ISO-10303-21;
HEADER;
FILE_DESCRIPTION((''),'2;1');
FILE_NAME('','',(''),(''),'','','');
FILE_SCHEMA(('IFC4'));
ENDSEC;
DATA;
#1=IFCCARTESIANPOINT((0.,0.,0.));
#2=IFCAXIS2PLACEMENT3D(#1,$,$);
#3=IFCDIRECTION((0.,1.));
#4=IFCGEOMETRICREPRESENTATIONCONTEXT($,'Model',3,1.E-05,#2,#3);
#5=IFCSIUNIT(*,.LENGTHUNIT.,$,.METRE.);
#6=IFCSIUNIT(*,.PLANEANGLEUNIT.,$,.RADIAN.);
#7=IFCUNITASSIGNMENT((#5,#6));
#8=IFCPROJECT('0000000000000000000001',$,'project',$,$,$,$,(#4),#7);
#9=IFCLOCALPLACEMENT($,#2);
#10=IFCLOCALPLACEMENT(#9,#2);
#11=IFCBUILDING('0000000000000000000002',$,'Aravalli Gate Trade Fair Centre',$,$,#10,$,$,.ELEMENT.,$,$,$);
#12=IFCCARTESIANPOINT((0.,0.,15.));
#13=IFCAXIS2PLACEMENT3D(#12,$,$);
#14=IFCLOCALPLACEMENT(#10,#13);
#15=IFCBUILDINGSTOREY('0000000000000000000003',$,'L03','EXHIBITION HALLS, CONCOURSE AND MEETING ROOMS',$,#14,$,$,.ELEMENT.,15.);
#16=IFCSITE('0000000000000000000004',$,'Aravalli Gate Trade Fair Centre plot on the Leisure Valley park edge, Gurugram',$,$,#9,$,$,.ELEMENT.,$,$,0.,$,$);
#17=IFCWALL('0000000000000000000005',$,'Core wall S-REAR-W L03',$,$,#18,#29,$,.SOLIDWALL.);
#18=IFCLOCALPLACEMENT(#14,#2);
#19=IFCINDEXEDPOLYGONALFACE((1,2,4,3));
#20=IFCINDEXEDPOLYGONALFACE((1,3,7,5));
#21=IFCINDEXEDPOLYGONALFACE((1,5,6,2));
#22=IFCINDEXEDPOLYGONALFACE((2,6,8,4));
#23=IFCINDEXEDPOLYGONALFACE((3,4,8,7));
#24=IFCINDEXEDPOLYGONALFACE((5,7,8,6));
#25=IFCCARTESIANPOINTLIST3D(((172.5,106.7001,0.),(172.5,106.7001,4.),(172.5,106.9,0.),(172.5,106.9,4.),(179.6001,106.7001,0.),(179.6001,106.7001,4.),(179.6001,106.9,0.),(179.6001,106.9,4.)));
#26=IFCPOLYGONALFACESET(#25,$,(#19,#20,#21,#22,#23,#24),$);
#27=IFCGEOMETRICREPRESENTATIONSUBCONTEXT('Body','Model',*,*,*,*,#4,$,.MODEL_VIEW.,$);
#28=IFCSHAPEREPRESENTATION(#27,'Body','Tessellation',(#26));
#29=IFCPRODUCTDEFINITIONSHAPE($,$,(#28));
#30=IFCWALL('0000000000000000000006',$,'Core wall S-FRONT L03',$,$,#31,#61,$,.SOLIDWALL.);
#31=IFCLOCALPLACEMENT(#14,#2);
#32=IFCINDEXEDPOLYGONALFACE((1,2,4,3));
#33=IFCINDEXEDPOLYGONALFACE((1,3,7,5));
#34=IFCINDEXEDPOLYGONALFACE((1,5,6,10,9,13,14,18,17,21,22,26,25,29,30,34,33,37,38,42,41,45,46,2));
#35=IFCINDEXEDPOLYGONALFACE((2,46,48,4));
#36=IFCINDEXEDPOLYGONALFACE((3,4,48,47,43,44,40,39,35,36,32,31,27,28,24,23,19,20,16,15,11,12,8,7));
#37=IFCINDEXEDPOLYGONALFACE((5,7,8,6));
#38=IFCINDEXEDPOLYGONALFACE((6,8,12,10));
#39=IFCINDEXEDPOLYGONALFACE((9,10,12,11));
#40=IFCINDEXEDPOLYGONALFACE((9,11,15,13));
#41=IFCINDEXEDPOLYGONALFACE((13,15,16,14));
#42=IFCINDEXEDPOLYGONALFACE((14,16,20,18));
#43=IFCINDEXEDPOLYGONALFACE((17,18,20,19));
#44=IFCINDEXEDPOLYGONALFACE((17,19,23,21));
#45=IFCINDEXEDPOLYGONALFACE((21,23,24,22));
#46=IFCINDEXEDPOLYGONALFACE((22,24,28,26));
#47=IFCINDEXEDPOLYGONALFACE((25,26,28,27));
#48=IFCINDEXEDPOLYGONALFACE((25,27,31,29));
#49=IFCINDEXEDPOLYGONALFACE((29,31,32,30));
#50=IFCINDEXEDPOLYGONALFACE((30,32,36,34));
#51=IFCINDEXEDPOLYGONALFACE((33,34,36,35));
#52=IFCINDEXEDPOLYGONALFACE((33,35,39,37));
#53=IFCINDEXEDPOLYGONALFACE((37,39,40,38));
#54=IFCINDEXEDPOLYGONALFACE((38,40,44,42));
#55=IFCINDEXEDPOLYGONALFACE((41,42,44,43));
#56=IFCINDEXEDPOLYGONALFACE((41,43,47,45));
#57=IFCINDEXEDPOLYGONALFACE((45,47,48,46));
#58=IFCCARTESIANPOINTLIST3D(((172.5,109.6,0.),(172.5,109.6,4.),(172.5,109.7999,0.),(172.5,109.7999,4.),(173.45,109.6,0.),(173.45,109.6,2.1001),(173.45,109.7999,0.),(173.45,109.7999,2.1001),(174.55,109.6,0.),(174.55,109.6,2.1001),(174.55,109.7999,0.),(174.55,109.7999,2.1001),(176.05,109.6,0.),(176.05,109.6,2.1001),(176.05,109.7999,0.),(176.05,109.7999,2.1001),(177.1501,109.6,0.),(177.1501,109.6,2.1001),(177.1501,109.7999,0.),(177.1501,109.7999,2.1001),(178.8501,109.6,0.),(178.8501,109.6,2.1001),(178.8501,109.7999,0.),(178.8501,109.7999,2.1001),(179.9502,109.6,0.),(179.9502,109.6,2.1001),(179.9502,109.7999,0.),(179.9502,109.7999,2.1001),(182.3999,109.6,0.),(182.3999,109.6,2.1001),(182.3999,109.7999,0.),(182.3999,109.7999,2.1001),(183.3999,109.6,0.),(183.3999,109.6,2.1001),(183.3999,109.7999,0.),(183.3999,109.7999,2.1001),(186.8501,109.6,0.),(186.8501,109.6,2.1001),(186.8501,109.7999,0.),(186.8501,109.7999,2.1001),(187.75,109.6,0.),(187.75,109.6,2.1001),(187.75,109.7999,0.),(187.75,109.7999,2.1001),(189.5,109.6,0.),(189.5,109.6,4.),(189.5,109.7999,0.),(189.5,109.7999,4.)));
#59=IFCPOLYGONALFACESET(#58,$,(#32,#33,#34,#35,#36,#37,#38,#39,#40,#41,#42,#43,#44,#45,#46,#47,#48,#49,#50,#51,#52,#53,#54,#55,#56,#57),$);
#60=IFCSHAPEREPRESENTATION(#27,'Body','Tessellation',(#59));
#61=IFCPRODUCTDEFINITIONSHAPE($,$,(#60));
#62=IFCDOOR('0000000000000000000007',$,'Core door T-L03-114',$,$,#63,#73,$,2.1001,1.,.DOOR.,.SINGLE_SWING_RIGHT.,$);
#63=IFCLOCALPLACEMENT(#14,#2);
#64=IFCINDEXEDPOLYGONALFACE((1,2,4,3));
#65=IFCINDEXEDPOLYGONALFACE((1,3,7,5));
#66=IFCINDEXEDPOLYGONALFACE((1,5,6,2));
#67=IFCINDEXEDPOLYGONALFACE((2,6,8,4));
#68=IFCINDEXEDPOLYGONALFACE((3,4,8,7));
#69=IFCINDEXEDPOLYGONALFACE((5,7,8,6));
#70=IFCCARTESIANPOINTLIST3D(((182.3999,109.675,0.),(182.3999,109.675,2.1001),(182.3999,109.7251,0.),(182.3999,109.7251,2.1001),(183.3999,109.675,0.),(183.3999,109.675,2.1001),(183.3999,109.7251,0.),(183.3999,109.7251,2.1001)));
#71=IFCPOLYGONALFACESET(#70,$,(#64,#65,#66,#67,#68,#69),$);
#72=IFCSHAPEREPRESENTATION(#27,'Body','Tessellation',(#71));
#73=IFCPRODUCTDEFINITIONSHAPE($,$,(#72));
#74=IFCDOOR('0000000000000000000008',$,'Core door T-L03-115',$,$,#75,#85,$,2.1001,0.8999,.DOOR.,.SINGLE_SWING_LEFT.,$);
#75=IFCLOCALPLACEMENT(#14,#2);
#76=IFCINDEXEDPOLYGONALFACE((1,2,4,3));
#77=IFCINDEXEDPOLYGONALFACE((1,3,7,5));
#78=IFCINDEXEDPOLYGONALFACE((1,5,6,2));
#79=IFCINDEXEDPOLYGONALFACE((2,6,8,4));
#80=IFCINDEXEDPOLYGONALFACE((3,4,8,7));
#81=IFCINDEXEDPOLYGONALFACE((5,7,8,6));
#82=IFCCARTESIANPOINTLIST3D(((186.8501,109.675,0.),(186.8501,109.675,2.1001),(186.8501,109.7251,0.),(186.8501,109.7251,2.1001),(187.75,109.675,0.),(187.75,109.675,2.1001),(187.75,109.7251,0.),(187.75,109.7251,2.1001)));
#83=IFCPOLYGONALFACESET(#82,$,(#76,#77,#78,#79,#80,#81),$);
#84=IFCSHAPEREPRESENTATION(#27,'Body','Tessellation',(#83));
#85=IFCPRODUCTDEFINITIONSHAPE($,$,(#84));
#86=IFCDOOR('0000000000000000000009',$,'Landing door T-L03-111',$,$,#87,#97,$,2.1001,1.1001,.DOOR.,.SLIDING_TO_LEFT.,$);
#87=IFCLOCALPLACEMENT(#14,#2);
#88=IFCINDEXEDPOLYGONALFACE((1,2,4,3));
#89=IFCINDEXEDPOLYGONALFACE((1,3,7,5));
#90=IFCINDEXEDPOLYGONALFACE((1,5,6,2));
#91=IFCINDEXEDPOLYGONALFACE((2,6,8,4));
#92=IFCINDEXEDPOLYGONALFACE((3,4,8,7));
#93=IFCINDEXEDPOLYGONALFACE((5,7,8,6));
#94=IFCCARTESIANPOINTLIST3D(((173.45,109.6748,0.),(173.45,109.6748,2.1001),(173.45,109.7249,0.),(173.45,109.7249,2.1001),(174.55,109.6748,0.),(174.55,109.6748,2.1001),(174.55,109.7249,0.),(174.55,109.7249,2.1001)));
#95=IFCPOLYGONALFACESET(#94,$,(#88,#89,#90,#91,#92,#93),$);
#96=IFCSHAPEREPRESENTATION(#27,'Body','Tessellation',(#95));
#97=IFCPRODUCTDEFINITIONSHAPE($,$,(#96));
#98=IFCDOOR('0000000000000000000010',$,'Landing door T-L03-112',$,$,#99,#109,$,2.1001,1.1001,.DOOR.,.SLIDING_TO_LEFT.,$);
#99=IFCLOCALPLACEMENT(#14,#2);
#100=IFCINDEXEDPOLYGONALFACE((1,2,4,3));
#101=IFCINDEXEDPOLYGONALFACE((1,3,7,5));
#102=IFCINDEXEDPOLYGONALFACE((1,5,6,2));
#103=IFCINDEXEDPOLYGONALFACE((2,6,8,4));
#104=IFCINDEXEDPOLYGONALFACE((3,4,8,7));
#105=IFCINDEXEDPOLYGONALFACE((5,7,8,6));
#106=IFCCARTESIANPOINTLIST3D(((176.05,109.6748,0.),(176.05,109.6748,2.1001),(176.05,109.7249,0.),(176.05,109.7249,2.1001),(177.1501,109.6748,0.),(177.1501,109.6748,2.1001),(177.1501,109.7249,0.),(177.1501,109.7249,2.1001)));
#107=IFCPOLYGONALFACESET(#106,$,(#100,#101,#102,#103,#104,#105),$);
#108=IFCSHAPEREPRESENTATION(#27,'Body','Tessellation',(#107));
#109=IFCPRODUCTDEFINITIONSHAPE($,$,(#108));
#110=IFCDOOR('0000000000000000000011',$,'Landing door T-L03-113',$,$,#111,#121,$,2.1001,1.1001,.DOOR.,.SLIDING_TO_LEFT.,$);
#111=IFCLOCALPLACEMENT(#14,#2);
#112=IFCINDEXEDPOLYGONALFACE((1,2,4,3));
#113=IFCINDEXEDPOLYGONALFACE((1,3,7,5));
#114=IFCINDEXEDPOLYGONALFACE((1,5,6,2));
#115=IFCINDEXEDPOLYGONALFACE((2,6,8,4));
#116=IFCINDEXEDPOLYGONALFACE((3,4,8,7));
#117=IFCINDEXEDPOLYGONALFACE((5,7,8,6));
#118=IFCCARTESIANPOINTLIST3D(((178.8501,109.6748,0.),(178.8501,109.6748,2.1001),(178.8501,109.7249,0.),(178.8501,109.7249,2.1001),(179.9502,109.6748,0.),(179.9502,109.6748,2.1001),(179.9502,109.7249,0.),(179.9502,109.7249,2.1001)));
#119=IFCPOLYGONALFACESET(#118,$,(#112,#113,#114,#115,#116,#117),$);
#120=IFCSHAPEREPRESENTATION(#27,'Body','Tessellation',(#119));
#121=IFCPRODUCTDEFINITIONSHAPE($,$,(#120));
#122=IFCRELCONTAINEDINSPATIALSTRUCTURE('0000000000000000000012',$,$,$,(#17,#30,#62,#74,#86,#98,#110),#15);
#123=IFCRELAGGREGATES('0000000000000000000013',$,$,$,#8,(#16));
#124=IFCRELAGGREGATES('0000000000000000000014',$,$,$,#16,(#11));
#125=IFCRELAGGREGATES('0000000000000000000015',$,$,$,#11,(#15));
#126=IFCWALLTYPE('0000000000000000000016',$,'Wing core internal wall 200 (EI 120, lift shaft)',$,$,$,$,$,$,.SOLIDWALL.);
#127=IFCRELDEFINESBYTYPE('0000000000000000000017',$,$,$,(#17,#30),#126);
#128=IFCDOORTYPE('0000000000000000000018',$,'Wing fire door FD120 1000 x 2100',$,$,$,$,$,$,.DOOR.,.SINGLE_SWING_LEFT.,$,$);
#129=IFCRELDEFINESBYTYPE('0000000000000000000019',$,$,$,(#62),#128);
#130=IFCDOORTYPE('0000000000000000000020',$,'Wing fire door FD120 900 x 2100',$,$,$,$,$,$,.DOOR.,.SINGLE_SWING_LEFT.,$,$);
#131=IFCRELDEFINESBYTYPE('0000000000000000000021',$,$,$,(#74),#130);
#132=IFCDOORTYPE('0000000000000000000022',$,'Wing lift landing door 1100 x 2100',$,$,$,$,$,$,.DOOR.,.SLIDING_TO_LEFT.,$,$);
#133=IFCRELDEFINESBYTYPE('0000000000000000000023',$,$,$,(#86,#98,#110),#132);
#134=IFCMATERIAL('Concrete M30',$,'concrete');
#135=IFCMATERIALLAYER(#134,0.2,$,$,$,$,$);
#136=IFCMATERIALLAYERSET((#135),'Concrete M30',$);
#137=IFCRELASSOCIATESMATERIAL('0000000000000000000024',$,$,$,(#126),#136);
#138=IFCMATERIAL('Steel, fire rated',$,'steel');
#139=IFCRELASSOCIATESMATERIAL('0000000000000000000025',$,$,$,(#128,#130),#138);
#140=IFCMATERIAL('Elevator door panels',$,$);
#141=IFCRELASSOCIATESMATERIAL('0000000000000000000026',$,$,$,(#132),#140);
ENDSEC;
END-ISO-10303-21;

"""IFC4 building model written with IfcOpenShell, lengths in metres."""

from ifc_helpers import new_model, si_unit, direction, frame, frame_2d, origin, place, context, subcontext, project, spatial, rectangle, extrude, material, layer, layer_set, type_object, element, fill, save


model = new_model("IFC4")

# Units and contexts
model_context = context("Model", 3, precision=1e-05, world=origin(), true_north=direction((0.0, 1.0)))
body_context = subcontext(model_context, "Body", "Model", "MODEL_VIEW")
ifc_project = project(units=[si_unit("LENGTHUNIT", "METRE"), si_unit("PLANEANGLEUNIT", "RADIAN")], contexts=[model_context])

# Site, building, storey
site_placement = place(None, origin())
site = spatial("IfcSite", under=ifc_project, at=site_placement, Name="Aravalli Gate Trade Fair Centre plot on the Leisure Valley park edge, Gurugram", CompositionType="ELEMENT", RefElevation=0.0)
building_placement = place(site_placement, origin())
building = spatial("IfcBuilding", under=site, at=building_placement, Name="Aravalli Gate Trade Fair Centre", CompositionType="ELEMENT")
storey_placement = place(building_placement, frame((0.0, 0.0, 15.0)))
storey = spatial("IfcBuildingStorey", under=building, at=storey_placement, Name="L03", Description="EXHIBITION HALLS, CONCOURSE AND MEETING ROOMS", CompositionType="ELEMENT", Elevation=15.0)

# Wall
ifc_material_1 = material(Name="Concrete M30", Category="concrete")
ifc_layer = layer(ifc_material_1, 0.2)
ifc_layer_set = layer_set([ifc_layer], Name="Concrete M30")
wall_type = type_object("IfcWallType", Name="Wing core internal wall 200 (EI 120, lift shaft)", PredefinedType="SOLIDWALL", material=ifc_layer_set)
wall_1_placement = place(storey_placement, frame((172.5, 106.8, 0.0), z_axis=(0.0, 0.0, 1.0), x_axis=(1.0, 0.0, 0.0)))
element("IfcWall", 1, at=wall_1_placement, inside=storey, type_object=wall_type, Name="Core wall S-REAR-W L03", PredefinedType="SOLIDWALL", context=body_context, shape_type="SweptSolid", body=[
    extrude(rectangle(XDim=7.1001, YDim=0.2, at=frame_2d((3.55, 0.0))), origin(), (0.0, 0.0, 1.0), 4.0),
])

# Wall, openings, doors
wall_2_placement = place(storey_placement, frame((172.5, 109.7, 0.0), z_axis=(0.0, 0.0, 1.0), x_axis=(1.0, 0.0, 0.0)))
wall_2 = element("IfcWall", 2, at=wall_2_placement, inside=storey, type_object=wall_type, Name="Core wall S-FRONT L03", PredefinedType="SOLIDWALL", context=body_context, shape_type="SweptSolid", body=[
    extrude(rectangle(XDim=17.0, YDim=0.2, at=frame_2d((8.5, 0.0))), origin(), (0.0, 0.0, 1.0), 4.0),
])
opening_1_placement = place(wall_2_placement, frame((0.95, 0.0, 0.0)))
opening_1 = element("IfcOpeningElement", 3, at=opening_1_placement, cuts=wall_2, PredefinedType="OPENING", context=body_context, shape_type="SweptSolid", body=[
    extrude(rectangle(XDim=1.1001, YDim=2.1001, at=frame_2d((0.55, 1.05))), frame((0.0, 0.1099, 0.0), z_axis=(0.0, -1.0, 0.0), x_axis=(1.0, 0.0, 0.0)), (0.0, 0.0, 1.0), 0.22),
])
opening_2_placement = place(wall_2_placement, frame((3.55, 0.0, 0.0)))
opening_2 = element("IfcOpeningElement", 4, at=opening_2_placement, cuts=wall_2, PredefinedType="OPENING", context=body_context, shape_type="SweptSolid", body=[
    extrude(rectangle(XDim=1.1001, YDim=2.1001, at=frame_2d((0.55, 1.05))), frame((0.0, 0.1099, 0.0), z_axis=(0.0, -1.0, 0.0), x_axis=(1.0, 0.0, 0.0)), (0.0, 0.0, 1.0), 0.22),
])
opening_3_placement = place(wall_2_placement, frame((6.3501, 0.0, 0.0)))
opening_3 = element("IfcOpeningElement", 5, at=opening_3_placement, cuts=wall_2, PredefinedType="OPENING", context=body_context, shape_type="SweptSolid", body=[
    extrude(rectangle(XDim=1.1001, YDim=2.1001, at=frame_2d((0.55, 1.05))), frame((0.0, 0.1099, 0.0), z_axis=(0.0, -1.0, 0.0), x_axis=(1.0, 0.0, 0.0)), (0.0, 0.0, 1.0), 0.22),
])
opening_4_placement = place(wall_2_placement, frame((9.8999, 0.0, 0.0)))
opening_4 = element("IfcOpeningElement", 6, at=opening_4_placement, cuts=wall_2, PredefinedType="OPENING", context=body_context, shape_type="SweptSolid", body=[
    extrude(rectangle(XDim=1.0, YDim=2.1001, at=frame_2d((0.5, 1.05))), frame((0.0, 0.1099, 0.0), z_axis=(0.0, -1.0, 0.0), x_axis=(1.0, 0.0, 0.0)), (0.0, 0.0, 1.0), 0.22),
])
opening_5_placement = place(wall_2_placement, frame((14.3501, 0.0, 0.0)))
opening_5 = element("IfcOpeningElement", 7, at=opening_5_placement, cuts=wall_2, PredefinedType="OPENING", context=body_context, shape_type="SweptSolid", body=[
    extrude(rectangle(XDim=0.8999, YDim=2.1001, at=frame_2d((0.45, 1.05))), frame((0.0, 0.1099, 0.0), z_axis=(0.0, -1.0, 0.0), x_axis=(1.0, 0.0, 0.0)), (0.0, 0.0, 1.0), 0.22),
])
ifc_material_2 = material(Name="Steel, fire rated", Category="steel")
door_type_1 = type_object("IfcDoorType", Name="Wing fire door FD120 1000 x 2100", OperationType="SINGLE_SWING_LEFT", PredefinedType="DOOR", material=ifc_material_2)
door_1_placement = place(opening_4_placement, frame((1.0, 0.0, 0.0), z_axis=(0.0, 0.0, 1.0), x_axis=(-1.0, 0.0, 0.0)))
door_1 = element("IfcDoor", 8, at=door_1_placement, inside=storey, type_object=door_type_1, Name="Core door T-L03-114", OperationType="SINGLE_SWING_RIGHT", OverallHeight=2.1001, OverallWidth=1.0, PredefinedType="DOOR", context=body_context, shape_type="SweptSolid", body=[
    extrude(rectangle(XDim=1.0, YDim=2.1001, at=frame_2d((0.5, 1.05))), frame((0.0, 0.0249, 0.0), z_axis=(0.0, -1.0, 0.0), x_axis=(1.0, 0.0, 0.0)), (0.0, 0.0, 1.0), 0.05),
])
fill(opening_4, door_1)
door_type_2 = type_object("IfcDoorType", Name="Wing fire door FD120 900 x 2100", OperationType="SINGLE_SWING_LEFT", PredefinedType="DOOR", material=ifc_material_2)
door_2_placement = place(opening_5_placement, frame((0.8999, 0.0, 0.0), z_axis=(0.0, 0.0, 1.0), x_axis=(-1.0, 0.0, 0.0)))
door_2 = element("IfcDoor", 9, at=door_2_placement, inside=storey, type_object=door_type_2, Name="Core door T-L03-115", OperationType="SINGLE_SWING_LEFT", OverallHeight=2.1001, OverallWidth=0.8999, PredefinedType="DOOR", context=body_context, shape_type="SweptSolid", body=[
    extrude(rectangle(XDim=0.8999, YDim=2.1001, at=frame_2d((0.45, 1.05))), frame((0.0, 0.0249, 0.0), z_axis=(0.0, -1.0, 0.0), x_axis=(1.0, 0.0, 0.0)), (0.0, 0.0, 1.0), 0.05),
])
fill(opening_5, door_2)
ifc_material_3 = material(Name="Elevator door panels")
door_type_3 = type_object("IfcDoorType", Name="Wing lift landing door 1100 x 2100", OperationType="SLIDING_TO_LEFT", PredefinedType="DOOR", material=ifc_material_3)
door_3_placement = place(opening_1_placement, origin())
door_3 = element("IfcDoor", 10, at=door_3_placement, inside=storey, type_object=door_type_3, Name="Landing door T-L03-111", OperationType="SLIDING_TO_LEFT", OverallHeight=2.1001, OverallWidth=1.1001, PredefinedType="DOOR", context=body_context, shape_type="SweptSolid", body=[
    extrude(rectangle(XDim=1.1001, YDim=2.1001, at=frame_2d((0.55, 1.05))), frame((0.0, 0.0249, 0.0), z_axis=(0.0, -1.0, 0.0), x_axis=(1.0, 0.0, 0.0)), (0.0, 0.0, 1.0), 0.05),
])
fill(opening_1, door_3)
door_4_placement = place(opening_2_placement, origin())
door_4 = element("IfcDoor", 11, at=door_4_placement, inside=storey, type_object=door_type_3, Name="Landing door T-L03-112", OperationType="SLIDING_TO_LEFT", OverallHeight=2.1001, OverallWidth=1.1001, PredefinedType="DOOR", context=body_context, shape_type="SweptSolid", body=[
    extrude(rectangle(XDim=1.1001, YDim=2.1001, at=frame_2d((0.55, 1.05))), frame((0.0, 0.0249, 0.0), z_axis=(0.0, -1.0, 0.0), x_axis=(1.0, 0.0, 0.0)), (0.0, 0.0, 1.0), 0.05),
])
fill(opening_2, door_4)
door_5_placement = place(opening_3_placement, origin())
door_5 = element("IfcDoor", 12, at=door_5_placement, inside=storey, type_object=door_type_3, Name="Landing door T-L03-113", OperationType="SLIDING_TO_LEFT", OverallHeight=2.1001, OverallWidth=1.1001, PredefinedType="DOOR", context=body_context, shape_type="SweptSolid", body=[
    extrude(rectangle(XDim=1.1001, YDim=2.1001, at=frame_2d((0.55, 1.05))), frame((0.0, 0.0249, 0.0), z_axis=(0.0, -1.0, 0.0), x_axis=(1.0, 0.0, 0.0)), (0.0, 0.0, 1.0), 0.05),
])
fill(opening_3, door_5)

save(model, "model.ifc")
